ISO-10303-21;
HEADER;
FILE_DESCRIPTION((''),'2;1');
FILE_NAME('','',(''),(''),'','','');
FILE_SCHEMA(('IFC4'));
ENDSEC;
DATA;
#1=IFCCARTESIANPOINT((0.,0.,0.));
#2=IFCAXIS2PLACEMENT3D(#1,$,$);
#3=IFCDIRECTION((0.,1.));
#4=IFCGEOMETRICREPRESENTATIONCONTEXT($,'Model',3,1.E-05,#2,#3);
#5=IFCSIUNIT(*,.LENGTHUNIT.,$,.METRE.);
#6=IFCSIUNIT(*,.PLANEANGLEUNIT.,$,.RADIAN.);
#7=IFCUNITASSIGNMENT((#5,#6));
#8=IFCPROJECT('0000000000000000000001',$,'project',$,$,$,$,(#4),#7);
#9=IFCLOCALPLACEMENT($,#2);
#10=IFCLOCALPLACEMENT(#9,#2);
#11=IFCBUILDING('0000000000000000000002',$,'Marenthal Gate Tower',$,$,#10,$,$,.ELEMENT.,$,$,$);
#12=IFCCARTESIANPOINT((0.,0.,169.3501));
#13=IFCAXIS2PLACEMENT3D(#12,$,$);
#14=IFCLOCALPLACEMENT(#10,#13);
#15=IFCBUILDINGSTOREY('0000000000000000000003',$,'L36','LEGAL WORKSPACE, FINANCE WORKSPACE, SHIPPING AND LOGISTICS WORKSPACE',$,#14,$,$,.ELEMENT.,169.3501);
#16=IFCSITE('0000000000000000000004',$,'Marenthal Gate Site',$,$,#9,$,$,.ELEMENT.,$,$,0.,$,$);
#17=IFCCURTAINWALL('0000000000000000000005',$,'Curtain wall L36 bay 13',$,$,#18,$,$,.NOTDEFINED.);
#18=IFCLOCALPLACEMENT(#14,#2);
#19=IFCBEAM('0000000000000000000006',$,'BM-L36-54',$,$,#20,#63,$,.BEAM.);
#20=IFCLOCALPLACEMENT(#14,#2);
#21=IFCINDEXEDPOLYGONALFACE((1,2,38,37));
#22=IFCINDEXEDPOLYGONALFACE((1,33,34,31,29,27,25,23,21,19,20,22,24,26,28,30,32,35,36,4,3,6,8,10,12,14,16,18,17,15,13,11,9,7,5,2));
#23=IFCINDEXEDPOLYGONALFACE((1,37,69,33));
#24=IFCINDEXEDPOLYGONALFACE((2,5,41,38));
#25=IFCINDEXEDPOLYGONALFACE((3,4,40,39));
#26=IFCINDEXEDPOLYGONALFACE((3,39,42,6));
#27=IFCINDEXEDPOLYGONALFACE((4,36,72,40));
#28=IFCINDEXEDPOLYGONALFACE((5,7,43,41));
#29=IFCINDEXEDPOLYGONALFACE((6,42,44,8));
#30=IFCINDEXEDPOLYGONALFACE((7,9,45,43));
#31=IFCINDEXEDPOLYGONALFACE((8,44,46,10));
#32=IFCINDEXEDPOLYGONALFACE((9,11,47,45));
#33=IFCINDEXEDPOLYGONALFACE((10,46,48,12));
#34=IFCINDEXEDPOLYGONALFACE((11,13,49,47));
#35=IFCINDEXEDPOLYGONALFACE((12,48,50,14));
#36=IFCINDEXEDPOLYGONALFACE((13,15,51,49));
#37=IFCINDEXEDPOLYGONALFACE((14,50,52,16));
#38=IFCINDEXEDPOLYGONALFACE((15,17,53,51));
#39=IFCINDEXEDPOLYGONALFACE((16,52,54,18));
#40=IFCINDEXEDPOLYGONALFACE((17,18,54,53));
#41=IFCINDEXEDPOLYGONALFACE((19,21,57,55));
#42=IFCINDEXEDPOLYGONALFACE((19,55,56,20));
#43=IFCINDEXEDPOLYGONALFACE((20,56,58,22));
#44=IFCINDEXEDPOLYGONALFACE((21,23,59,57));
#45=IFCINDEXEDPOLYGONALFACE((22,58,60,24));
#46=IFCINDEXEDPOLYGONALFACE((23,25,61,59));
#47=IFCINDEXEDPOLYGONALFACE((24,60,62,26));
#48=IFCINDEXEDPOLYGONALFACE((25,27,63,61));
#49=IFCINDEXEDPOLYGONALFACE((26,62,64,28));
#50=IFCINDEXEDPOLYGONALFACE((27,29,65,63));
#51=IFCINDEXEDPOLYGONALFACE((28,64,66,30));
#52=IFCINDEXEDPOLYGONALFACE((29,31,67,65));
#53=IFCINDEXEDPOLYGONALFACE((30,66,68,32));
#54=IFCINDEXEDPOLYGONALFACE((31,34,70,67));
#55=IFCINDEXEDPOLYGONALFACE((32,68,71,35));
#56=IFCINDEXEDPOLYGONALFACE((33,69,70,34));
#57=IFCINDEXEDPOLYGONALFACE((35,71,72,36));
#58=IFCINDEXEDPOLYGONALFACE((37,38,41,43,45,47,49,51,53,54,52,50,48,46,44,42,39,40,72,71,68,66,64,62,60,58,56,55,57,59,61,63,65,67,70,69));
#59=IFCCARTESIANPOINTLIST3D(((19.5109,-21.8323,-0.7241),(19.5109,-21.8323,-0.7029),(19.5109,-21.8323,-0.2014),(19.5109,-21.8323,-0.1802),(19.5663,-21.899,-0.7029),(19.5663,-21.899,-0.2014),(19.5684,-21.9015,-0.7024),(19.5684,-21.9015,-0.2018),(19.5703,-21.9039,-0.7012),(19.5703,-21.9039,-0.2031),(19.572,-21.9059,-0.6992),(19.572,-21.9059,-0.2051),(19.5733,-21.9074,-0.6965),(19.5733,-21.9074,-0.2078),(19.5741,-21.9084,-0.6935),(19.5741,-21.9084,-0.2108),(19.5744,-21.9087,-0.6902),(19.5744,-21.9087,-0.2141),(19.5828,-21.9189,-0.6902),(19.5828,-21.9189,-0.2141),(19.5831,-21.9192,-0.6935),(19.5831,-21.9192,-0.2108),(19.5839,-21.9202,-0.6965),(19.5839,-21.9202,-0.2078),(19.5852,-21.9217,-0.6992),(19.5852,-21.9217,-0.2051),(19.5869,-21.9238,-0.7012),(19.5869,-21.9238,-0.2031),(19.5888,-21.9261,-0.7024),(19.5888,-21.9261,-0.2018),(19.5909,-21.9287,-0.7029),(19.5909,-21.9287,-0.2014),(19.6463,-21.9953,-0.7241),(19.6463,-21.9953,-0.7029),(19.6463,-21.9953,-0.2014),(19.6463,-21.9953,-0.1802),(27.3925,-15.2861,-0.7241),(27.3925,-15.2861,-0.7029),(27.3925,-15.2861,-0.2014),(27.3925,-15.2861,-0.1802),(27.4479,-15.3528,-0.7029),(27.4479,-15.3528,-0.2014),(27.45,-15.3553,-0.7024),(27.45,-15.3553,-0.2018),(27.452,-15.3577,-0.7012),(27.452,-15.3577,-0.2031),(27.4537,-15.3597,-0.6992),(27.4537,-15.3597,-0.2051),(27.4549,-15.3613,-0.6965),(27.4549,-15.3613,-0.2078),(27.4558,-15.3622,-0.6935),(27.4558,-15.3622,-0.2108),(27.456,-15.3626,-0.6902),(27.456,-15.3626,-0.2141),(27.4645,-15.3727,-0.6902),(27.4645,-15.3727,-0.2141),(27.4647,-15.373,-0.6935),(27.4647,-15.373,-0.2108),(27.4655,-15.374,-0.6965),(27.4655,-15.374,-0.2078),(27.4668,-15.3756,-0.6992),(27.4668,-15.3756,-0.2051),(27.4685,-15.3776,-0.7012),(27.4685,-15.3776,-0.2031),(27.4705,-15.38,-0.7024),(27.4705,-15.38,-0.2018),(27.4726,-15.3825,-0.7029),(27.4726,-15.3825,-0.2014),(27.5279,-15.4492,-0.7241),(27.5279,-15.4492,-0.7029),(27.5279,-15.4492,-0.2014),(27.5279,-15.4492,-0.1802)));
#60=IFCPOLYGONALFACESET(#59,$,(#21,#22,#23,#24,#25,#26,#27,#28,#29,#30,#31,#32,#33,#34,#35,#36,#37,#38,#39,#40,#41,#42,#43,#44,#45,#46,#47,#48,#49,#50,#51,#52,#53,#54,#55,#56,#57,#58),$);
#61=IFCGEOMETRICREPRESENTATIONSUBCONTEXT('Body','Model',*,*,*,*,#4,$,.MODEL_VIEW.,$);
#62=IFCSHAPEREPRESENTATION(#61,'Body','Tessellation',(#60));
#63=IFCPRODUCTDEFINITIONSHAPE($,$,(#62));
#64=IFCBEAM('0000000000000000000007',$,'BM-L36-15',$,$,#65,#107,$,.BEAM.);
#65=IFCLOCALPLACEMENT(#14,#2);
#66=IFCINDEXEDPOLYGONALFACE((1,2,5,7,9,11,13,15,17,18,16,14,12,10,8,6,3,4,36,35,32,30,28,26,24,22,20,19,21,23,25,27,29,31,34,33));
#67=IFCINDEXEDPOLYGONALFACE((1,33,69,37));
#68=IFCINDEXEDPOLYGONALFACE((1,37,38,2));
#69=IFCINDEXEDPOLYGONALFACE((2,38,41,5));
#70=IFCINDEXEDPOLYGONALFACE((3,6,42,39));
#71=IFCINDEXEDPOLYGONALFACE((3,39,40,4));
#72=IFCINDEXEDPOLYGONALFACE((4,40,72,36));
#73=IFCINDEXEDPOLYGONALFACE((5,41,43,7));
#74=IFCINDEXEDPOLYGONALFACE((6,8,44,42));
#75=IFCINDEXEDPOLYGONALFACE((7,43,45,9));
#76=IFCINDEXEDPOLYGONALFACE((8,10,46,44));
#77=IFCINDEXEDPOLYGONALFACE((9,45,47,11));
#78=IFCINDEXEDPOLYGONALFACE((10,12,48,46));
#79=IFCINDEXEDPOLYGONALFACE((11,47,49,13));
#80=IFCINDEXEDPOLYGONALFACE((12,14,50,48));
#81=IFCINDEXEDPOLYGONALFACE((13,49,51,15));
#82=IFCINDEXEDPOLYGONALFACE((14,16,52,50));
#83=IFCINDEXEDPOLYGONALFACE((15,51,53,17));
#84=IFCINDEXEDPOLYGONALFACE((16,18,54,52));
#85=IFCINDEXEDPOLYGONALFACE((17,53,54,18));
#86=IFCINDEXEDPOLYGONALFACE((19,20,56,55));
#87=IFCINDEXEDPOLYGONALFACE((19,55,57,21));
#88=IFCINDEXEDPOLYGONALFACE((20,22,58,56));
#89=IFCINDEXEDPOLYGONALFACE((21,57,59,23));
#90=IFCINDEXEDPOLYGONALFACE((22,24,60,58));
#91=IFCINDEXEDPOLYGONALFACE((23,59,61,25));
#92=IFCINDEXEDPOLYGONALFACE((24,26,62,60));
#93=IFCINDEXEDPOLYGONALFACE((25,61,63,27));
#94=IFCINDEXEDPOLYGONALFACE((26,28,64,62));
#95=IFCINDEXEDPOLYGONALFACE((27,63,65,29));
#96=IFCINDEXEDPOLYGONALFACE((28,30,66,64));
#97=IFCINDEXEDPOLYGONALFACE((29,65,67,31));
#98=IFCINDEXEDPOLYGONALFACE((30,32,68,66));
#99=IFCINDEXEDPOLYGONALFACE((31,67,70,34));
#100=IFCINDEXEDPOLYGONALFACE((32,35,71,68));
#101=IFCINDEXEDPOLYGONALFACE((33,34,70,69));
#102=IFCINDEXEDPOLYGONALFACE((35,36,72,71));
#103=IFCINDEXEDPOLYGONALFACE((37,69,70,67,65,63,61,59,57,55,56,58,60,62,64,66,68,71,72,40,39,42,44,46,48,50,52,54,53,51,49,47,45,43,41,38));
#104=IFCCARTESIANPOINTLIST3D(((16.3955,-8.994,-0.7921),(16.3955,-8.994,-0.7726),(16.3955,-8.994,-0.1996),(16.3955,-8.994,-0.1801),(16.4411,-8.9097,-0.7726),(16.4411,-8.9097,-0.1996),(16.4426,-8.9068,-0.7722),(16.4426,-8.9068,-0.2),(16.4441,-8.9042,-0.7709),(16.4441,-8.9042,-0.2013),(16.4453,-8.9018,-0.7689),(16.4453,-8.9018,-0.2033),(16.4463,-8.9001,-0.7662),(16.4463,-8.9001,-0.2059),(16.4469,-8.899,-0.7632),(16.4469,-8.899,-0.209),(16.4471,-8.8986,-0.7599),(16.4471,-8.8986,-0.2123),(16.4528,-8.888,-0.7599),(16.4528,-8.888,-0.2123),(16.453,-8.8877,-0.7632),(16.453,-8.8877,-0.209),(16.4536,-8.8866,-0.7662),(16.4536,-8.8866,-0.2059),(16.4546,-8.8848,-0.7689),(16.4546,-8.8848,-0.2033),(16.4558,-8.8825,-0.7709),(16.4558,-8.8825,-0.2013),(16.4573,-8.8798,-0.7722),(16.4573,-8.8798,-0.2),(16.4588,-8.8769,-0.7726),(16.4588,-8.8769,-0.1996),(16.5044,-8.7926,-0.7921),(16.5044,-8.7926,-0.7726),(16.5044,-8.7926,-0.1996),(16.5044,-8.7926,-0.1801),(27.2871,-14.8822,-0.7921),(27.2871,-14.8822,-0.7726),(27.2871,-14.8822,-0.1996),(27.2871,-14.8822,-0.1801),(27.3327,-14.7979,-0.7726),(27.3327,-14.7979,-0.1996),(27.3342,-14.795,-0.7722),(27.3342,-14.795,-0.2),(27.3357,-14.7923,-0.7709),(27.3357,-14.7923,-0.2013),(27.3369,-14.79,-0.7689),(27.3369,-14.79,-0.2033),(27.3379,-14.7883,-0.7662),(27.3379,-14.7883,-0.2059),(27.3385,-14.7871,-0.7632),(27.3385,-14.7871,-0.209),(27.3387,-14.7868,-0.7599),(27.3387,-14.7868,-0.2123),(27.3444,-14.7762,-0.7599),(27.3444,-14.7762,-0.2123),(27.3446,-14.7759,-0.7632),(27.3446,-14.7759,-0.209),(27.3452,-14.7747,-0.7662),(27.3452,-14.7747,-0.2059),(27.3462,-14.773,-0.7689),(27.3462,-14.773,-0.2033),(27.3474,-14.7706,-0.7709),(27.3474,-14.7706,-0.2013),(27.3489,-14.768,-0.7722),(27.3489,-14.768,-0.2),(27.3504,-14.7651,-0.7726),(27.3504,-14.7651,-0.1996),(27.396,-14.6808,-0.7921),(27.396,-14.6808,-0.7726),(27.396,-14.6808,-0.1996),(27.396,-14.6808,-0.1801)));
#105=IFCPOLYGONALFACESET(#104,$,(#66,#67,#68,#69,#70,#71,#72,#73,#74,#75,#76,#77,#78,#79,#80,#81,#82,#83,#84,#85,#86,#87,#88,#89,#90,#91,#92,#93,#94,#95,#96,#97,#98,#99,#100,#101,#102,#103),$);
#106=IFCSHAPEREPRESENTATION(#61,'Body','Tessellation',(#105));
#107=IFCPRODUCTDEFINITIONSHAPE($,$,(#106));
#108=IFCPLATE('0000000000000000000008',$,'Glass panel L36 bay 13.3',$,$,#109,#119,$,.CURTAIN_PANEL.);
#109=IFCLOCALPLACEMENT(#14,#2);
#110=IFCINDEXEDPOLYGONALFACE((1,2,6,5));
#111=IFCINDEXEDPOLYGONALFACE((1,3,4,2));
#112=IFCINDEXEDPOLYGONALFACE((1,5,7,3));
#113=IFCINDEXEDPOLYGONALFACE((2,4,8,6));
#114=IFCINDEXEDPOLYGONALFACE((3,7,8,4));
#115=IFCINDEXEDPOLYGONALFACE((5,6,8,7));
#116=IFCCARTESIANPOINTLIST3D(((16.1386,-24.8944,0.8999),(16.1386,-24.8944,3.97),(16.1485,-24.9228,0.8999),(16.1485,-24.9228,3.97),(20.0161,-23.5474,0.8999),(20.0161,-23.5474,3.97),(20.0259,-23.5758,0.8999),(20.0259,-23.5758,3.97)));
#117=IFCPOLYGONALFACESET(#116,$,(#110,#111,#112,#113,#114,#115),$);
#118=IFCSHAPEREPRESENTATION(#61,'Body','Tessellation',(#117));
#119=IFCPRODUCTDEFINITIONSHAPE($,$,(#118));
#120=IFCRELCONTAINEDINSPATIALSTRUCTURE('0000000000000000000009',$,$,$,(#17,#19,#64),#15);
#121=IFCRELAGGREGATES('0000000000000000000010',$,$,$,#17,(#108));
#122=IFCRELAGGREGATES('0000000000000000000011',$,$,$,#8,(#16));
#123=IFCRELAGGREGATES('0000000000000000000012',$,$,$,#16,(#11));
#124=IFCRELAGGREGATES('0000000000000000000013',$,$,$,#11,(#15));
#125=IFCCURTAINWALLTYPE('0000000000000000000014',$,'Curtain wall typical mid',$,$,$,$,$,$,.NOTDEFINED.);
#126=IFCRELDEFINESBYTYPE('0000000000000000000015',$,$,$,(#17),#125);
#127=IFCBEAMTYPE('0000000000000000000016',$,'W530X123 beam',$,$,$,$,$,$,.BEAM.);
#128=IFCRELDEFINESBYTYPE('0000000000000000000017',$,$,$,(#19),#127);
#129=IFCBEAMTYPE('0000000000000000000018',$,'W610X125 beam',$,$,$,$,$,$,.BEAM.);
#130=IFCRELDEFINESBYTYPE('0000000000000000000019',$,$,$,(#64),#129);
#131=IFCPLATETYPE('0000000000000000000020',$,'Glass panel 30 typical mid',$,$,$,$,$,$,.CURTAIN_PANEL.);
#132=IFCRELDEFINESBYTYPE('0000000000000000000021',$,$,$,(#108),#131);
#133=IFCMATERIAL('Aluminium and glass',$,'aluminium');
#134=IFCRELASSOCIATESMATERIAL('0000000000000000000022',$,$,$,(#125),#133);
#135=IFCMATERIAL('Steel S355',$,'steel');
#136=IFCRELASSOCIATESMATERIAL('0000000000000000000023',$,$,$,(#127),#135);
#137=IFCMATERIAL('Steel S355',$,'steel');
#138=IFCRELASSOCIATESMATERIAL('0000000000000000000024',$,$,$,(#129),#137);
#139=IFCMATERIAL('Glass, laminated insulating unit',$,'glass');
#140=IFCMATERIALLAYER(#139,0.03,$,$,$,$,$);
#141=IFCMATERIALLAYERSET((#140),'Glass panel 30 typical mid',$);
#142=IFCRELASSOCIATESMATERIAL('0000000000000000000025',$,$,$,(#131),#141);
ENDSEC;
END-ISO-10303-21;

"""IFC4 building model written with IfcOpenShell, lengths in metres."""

from ifc_helpers import new_model, si_unit, direction, frame, origin, origin_2d, place, context, subcontext, project, spatial, rectangle, i_section, extrude, material, layer, layer_set, material_profile, profile_set, type_object, element, aggregate, save


model = new_model("IFC4")

# Units and contexts
model_context = context("Model", 3, precision=1e-05, world=origin(), true_north=direction((0.0, 1.0)))
body_context = subcontext(model_context, "Body", "Model", "MODEL_VIEW")
ifc_project = project(units=[si_unit("LENGTHUNIT", "METRE"), si_unit("PLANEANGLEUNIT", "RADIAN")], contexts=[model_context])

# Site, building, storey
site_placement = place(None, origin())
site = spatial("IfcSite", under=ifc_project, at=site_placement, Name="Marenthal Gate Site", CompositionType="ELEMENT", RefElevation=0.0)
building_placement = place(site_placement, origin())
building = spatial("IfcBuilding", under=site, at=building_placement, Name="Marenthal Gate Tower", CompositionType="ELEMENT")
storey_placement = place(building_placement, frame((0.0, 0.0, 169.3501)))
storey = spatial("IfcBuildingStorey", under=building, at=storey_placement, Name="L36", Description="LEGAL WORKSPACE, FINANCE WORKSPACE, SHIPPING AND LOGISTICS WORKSPACE", CompositionType="ELEMENT", Elevation=169.3501)

# Curtain wall
ifc_material_1 = material(Name="Aluminium and glass", Category="aluminium")
curtain_wall_type = type_object("IfcCurtainWallType", Name="Curtain wall typical mid", PredefinedType="NOTDEFINED", material=ifc_material_1)
curtain_wall_1_placement = place(storey_placement, origin())
curtain_wall_1 = element("IfcCurtainWall", 1, at=curtain_wall_1_placement, inside=storey, type_object=curtain_wall_type, Name="Curtain wall L36 bay 13", PredefinedType="NOTDEFINED")

# Beams
ifc_material_2 = material(Name="Steel S355", Category="steel")
ifc_material_profile_1 = material_profile(ifc_material_2, i_section(OverallWidth=0.2119, OverallDepth=0.5439, WebThickness=0.0132, FlangeThickness=0.0212, FilletRadius=0.0127, at=origin_2d()), Name="W530X123")
ifc_profile_set_1 = profile_set([ifc_material_profile_1], Name="Steel S355")
beam_type_1 = type_object("IfcBeamType", Name="W530X123 beam", PredefinedType="BEAM", material=ifc_profile_set_1)
beam_1_placement = place(storey_placement, frame((19.5786, -21.9138, -0.4521), z_axis=(0.769269, 0.638925, 0.0), x_axis=(-0.638925, 0.769269, 0.0)))
element("IfcBeam", 2, at=beam_1_placement, inside=storey, type_object=beam_type_1, Name="BM-L36-54", PredefinedType="BEAM", context=body_context, shape_type="SweptSolid", body=[
    extrude(i_section(OverallWidth=0.2119, OverallDepth=0.5439, WebThickness=0.0132, FlangeThickness=0.0212, FilletRadius=0.0127, at=origin_2d()), origin(), (0.0, 0.0, 1.0), 10.2456),
])
ifc_material_3 = material(Name="Steel S355", Category="steel")
ifc_material_profile_2 = material_profile(ifc_material_3, i_section(OverallWidth=0.229, OverallDepth=0.6121, WebThickness=0.012, FlangeThickness=0.0195, FilletRadius=0.0127, at=origin_2d()), Name="W610X125")
ifc_profile_set_2 = profile_set([ifc_material_profile_2], Name="Steel S355")
beam_type_2 = type_object("IfcBeamType", Name="W610X125 beam", PredefinedType="BEAM", material=ifc_profile_set_2)
beam_2_placement = place(storey_placement, frame((27.3416, -14.7815, -0.4861), z_axis=(-0.879678, 0.475569, 0.0), x_axis=(-0.475569, -0.879678, 0.0)))
element("IfcBeam", 3, at=beam_2_placement, inside=storey, type_object=beam_type_2, Name="BM-L36-15", PredefinedType="BEAM", context=body_context, shape_type="SweptSolid", body=[
    extrude(i_section(OverallWidth=0.229, OverallDepth=0.6121, WebThickness=0.012, FlangeThickness=0.0195, FilletRadius=0.0127, at=origin_2d()), origin(), (0.0, 0.0, 1.0), 12.3813),
])

# Plate
ifc_material_4 = material(Name="Glass, laminated insulating unit", Category="glass")
ifc_layer_1 = layer(ifc_material_4, 0.03)
ifc_layer_set_1 = layer_set([ifc_layer_1], Name="Glass panel 30 typical mid")
plate_type = type_object("IfcPlateType", Name="Glass panel 30 typical mid", PredefinedType="CURTAIN_PANEL", material=ifc_layer_set_1)
plate_placement = place(storey_placement, frame((18.0823, -24.2351, 0.8999), z_axis=(0.0, 0.0, 1.0), x_axis=(0.944623, 0.328158, 0.0)))
plate = element("IfcPlate", 4, at=plate_placement, type_object=plate_type, Name="Glass panel L36 bay 13.3", PredefinedType="CURTAIN_PANEL", context=body_context, shape_type="SweptSolid", body=[
    extrude(rectangle(XDim=4.1047, YDim=0.03, at=origin_2d()), origin(), (0.0, 0.0, 1.0), 3.0701),
])
aggregate(curtain_wall_1, [plate])

save(model, "model.ifc")
